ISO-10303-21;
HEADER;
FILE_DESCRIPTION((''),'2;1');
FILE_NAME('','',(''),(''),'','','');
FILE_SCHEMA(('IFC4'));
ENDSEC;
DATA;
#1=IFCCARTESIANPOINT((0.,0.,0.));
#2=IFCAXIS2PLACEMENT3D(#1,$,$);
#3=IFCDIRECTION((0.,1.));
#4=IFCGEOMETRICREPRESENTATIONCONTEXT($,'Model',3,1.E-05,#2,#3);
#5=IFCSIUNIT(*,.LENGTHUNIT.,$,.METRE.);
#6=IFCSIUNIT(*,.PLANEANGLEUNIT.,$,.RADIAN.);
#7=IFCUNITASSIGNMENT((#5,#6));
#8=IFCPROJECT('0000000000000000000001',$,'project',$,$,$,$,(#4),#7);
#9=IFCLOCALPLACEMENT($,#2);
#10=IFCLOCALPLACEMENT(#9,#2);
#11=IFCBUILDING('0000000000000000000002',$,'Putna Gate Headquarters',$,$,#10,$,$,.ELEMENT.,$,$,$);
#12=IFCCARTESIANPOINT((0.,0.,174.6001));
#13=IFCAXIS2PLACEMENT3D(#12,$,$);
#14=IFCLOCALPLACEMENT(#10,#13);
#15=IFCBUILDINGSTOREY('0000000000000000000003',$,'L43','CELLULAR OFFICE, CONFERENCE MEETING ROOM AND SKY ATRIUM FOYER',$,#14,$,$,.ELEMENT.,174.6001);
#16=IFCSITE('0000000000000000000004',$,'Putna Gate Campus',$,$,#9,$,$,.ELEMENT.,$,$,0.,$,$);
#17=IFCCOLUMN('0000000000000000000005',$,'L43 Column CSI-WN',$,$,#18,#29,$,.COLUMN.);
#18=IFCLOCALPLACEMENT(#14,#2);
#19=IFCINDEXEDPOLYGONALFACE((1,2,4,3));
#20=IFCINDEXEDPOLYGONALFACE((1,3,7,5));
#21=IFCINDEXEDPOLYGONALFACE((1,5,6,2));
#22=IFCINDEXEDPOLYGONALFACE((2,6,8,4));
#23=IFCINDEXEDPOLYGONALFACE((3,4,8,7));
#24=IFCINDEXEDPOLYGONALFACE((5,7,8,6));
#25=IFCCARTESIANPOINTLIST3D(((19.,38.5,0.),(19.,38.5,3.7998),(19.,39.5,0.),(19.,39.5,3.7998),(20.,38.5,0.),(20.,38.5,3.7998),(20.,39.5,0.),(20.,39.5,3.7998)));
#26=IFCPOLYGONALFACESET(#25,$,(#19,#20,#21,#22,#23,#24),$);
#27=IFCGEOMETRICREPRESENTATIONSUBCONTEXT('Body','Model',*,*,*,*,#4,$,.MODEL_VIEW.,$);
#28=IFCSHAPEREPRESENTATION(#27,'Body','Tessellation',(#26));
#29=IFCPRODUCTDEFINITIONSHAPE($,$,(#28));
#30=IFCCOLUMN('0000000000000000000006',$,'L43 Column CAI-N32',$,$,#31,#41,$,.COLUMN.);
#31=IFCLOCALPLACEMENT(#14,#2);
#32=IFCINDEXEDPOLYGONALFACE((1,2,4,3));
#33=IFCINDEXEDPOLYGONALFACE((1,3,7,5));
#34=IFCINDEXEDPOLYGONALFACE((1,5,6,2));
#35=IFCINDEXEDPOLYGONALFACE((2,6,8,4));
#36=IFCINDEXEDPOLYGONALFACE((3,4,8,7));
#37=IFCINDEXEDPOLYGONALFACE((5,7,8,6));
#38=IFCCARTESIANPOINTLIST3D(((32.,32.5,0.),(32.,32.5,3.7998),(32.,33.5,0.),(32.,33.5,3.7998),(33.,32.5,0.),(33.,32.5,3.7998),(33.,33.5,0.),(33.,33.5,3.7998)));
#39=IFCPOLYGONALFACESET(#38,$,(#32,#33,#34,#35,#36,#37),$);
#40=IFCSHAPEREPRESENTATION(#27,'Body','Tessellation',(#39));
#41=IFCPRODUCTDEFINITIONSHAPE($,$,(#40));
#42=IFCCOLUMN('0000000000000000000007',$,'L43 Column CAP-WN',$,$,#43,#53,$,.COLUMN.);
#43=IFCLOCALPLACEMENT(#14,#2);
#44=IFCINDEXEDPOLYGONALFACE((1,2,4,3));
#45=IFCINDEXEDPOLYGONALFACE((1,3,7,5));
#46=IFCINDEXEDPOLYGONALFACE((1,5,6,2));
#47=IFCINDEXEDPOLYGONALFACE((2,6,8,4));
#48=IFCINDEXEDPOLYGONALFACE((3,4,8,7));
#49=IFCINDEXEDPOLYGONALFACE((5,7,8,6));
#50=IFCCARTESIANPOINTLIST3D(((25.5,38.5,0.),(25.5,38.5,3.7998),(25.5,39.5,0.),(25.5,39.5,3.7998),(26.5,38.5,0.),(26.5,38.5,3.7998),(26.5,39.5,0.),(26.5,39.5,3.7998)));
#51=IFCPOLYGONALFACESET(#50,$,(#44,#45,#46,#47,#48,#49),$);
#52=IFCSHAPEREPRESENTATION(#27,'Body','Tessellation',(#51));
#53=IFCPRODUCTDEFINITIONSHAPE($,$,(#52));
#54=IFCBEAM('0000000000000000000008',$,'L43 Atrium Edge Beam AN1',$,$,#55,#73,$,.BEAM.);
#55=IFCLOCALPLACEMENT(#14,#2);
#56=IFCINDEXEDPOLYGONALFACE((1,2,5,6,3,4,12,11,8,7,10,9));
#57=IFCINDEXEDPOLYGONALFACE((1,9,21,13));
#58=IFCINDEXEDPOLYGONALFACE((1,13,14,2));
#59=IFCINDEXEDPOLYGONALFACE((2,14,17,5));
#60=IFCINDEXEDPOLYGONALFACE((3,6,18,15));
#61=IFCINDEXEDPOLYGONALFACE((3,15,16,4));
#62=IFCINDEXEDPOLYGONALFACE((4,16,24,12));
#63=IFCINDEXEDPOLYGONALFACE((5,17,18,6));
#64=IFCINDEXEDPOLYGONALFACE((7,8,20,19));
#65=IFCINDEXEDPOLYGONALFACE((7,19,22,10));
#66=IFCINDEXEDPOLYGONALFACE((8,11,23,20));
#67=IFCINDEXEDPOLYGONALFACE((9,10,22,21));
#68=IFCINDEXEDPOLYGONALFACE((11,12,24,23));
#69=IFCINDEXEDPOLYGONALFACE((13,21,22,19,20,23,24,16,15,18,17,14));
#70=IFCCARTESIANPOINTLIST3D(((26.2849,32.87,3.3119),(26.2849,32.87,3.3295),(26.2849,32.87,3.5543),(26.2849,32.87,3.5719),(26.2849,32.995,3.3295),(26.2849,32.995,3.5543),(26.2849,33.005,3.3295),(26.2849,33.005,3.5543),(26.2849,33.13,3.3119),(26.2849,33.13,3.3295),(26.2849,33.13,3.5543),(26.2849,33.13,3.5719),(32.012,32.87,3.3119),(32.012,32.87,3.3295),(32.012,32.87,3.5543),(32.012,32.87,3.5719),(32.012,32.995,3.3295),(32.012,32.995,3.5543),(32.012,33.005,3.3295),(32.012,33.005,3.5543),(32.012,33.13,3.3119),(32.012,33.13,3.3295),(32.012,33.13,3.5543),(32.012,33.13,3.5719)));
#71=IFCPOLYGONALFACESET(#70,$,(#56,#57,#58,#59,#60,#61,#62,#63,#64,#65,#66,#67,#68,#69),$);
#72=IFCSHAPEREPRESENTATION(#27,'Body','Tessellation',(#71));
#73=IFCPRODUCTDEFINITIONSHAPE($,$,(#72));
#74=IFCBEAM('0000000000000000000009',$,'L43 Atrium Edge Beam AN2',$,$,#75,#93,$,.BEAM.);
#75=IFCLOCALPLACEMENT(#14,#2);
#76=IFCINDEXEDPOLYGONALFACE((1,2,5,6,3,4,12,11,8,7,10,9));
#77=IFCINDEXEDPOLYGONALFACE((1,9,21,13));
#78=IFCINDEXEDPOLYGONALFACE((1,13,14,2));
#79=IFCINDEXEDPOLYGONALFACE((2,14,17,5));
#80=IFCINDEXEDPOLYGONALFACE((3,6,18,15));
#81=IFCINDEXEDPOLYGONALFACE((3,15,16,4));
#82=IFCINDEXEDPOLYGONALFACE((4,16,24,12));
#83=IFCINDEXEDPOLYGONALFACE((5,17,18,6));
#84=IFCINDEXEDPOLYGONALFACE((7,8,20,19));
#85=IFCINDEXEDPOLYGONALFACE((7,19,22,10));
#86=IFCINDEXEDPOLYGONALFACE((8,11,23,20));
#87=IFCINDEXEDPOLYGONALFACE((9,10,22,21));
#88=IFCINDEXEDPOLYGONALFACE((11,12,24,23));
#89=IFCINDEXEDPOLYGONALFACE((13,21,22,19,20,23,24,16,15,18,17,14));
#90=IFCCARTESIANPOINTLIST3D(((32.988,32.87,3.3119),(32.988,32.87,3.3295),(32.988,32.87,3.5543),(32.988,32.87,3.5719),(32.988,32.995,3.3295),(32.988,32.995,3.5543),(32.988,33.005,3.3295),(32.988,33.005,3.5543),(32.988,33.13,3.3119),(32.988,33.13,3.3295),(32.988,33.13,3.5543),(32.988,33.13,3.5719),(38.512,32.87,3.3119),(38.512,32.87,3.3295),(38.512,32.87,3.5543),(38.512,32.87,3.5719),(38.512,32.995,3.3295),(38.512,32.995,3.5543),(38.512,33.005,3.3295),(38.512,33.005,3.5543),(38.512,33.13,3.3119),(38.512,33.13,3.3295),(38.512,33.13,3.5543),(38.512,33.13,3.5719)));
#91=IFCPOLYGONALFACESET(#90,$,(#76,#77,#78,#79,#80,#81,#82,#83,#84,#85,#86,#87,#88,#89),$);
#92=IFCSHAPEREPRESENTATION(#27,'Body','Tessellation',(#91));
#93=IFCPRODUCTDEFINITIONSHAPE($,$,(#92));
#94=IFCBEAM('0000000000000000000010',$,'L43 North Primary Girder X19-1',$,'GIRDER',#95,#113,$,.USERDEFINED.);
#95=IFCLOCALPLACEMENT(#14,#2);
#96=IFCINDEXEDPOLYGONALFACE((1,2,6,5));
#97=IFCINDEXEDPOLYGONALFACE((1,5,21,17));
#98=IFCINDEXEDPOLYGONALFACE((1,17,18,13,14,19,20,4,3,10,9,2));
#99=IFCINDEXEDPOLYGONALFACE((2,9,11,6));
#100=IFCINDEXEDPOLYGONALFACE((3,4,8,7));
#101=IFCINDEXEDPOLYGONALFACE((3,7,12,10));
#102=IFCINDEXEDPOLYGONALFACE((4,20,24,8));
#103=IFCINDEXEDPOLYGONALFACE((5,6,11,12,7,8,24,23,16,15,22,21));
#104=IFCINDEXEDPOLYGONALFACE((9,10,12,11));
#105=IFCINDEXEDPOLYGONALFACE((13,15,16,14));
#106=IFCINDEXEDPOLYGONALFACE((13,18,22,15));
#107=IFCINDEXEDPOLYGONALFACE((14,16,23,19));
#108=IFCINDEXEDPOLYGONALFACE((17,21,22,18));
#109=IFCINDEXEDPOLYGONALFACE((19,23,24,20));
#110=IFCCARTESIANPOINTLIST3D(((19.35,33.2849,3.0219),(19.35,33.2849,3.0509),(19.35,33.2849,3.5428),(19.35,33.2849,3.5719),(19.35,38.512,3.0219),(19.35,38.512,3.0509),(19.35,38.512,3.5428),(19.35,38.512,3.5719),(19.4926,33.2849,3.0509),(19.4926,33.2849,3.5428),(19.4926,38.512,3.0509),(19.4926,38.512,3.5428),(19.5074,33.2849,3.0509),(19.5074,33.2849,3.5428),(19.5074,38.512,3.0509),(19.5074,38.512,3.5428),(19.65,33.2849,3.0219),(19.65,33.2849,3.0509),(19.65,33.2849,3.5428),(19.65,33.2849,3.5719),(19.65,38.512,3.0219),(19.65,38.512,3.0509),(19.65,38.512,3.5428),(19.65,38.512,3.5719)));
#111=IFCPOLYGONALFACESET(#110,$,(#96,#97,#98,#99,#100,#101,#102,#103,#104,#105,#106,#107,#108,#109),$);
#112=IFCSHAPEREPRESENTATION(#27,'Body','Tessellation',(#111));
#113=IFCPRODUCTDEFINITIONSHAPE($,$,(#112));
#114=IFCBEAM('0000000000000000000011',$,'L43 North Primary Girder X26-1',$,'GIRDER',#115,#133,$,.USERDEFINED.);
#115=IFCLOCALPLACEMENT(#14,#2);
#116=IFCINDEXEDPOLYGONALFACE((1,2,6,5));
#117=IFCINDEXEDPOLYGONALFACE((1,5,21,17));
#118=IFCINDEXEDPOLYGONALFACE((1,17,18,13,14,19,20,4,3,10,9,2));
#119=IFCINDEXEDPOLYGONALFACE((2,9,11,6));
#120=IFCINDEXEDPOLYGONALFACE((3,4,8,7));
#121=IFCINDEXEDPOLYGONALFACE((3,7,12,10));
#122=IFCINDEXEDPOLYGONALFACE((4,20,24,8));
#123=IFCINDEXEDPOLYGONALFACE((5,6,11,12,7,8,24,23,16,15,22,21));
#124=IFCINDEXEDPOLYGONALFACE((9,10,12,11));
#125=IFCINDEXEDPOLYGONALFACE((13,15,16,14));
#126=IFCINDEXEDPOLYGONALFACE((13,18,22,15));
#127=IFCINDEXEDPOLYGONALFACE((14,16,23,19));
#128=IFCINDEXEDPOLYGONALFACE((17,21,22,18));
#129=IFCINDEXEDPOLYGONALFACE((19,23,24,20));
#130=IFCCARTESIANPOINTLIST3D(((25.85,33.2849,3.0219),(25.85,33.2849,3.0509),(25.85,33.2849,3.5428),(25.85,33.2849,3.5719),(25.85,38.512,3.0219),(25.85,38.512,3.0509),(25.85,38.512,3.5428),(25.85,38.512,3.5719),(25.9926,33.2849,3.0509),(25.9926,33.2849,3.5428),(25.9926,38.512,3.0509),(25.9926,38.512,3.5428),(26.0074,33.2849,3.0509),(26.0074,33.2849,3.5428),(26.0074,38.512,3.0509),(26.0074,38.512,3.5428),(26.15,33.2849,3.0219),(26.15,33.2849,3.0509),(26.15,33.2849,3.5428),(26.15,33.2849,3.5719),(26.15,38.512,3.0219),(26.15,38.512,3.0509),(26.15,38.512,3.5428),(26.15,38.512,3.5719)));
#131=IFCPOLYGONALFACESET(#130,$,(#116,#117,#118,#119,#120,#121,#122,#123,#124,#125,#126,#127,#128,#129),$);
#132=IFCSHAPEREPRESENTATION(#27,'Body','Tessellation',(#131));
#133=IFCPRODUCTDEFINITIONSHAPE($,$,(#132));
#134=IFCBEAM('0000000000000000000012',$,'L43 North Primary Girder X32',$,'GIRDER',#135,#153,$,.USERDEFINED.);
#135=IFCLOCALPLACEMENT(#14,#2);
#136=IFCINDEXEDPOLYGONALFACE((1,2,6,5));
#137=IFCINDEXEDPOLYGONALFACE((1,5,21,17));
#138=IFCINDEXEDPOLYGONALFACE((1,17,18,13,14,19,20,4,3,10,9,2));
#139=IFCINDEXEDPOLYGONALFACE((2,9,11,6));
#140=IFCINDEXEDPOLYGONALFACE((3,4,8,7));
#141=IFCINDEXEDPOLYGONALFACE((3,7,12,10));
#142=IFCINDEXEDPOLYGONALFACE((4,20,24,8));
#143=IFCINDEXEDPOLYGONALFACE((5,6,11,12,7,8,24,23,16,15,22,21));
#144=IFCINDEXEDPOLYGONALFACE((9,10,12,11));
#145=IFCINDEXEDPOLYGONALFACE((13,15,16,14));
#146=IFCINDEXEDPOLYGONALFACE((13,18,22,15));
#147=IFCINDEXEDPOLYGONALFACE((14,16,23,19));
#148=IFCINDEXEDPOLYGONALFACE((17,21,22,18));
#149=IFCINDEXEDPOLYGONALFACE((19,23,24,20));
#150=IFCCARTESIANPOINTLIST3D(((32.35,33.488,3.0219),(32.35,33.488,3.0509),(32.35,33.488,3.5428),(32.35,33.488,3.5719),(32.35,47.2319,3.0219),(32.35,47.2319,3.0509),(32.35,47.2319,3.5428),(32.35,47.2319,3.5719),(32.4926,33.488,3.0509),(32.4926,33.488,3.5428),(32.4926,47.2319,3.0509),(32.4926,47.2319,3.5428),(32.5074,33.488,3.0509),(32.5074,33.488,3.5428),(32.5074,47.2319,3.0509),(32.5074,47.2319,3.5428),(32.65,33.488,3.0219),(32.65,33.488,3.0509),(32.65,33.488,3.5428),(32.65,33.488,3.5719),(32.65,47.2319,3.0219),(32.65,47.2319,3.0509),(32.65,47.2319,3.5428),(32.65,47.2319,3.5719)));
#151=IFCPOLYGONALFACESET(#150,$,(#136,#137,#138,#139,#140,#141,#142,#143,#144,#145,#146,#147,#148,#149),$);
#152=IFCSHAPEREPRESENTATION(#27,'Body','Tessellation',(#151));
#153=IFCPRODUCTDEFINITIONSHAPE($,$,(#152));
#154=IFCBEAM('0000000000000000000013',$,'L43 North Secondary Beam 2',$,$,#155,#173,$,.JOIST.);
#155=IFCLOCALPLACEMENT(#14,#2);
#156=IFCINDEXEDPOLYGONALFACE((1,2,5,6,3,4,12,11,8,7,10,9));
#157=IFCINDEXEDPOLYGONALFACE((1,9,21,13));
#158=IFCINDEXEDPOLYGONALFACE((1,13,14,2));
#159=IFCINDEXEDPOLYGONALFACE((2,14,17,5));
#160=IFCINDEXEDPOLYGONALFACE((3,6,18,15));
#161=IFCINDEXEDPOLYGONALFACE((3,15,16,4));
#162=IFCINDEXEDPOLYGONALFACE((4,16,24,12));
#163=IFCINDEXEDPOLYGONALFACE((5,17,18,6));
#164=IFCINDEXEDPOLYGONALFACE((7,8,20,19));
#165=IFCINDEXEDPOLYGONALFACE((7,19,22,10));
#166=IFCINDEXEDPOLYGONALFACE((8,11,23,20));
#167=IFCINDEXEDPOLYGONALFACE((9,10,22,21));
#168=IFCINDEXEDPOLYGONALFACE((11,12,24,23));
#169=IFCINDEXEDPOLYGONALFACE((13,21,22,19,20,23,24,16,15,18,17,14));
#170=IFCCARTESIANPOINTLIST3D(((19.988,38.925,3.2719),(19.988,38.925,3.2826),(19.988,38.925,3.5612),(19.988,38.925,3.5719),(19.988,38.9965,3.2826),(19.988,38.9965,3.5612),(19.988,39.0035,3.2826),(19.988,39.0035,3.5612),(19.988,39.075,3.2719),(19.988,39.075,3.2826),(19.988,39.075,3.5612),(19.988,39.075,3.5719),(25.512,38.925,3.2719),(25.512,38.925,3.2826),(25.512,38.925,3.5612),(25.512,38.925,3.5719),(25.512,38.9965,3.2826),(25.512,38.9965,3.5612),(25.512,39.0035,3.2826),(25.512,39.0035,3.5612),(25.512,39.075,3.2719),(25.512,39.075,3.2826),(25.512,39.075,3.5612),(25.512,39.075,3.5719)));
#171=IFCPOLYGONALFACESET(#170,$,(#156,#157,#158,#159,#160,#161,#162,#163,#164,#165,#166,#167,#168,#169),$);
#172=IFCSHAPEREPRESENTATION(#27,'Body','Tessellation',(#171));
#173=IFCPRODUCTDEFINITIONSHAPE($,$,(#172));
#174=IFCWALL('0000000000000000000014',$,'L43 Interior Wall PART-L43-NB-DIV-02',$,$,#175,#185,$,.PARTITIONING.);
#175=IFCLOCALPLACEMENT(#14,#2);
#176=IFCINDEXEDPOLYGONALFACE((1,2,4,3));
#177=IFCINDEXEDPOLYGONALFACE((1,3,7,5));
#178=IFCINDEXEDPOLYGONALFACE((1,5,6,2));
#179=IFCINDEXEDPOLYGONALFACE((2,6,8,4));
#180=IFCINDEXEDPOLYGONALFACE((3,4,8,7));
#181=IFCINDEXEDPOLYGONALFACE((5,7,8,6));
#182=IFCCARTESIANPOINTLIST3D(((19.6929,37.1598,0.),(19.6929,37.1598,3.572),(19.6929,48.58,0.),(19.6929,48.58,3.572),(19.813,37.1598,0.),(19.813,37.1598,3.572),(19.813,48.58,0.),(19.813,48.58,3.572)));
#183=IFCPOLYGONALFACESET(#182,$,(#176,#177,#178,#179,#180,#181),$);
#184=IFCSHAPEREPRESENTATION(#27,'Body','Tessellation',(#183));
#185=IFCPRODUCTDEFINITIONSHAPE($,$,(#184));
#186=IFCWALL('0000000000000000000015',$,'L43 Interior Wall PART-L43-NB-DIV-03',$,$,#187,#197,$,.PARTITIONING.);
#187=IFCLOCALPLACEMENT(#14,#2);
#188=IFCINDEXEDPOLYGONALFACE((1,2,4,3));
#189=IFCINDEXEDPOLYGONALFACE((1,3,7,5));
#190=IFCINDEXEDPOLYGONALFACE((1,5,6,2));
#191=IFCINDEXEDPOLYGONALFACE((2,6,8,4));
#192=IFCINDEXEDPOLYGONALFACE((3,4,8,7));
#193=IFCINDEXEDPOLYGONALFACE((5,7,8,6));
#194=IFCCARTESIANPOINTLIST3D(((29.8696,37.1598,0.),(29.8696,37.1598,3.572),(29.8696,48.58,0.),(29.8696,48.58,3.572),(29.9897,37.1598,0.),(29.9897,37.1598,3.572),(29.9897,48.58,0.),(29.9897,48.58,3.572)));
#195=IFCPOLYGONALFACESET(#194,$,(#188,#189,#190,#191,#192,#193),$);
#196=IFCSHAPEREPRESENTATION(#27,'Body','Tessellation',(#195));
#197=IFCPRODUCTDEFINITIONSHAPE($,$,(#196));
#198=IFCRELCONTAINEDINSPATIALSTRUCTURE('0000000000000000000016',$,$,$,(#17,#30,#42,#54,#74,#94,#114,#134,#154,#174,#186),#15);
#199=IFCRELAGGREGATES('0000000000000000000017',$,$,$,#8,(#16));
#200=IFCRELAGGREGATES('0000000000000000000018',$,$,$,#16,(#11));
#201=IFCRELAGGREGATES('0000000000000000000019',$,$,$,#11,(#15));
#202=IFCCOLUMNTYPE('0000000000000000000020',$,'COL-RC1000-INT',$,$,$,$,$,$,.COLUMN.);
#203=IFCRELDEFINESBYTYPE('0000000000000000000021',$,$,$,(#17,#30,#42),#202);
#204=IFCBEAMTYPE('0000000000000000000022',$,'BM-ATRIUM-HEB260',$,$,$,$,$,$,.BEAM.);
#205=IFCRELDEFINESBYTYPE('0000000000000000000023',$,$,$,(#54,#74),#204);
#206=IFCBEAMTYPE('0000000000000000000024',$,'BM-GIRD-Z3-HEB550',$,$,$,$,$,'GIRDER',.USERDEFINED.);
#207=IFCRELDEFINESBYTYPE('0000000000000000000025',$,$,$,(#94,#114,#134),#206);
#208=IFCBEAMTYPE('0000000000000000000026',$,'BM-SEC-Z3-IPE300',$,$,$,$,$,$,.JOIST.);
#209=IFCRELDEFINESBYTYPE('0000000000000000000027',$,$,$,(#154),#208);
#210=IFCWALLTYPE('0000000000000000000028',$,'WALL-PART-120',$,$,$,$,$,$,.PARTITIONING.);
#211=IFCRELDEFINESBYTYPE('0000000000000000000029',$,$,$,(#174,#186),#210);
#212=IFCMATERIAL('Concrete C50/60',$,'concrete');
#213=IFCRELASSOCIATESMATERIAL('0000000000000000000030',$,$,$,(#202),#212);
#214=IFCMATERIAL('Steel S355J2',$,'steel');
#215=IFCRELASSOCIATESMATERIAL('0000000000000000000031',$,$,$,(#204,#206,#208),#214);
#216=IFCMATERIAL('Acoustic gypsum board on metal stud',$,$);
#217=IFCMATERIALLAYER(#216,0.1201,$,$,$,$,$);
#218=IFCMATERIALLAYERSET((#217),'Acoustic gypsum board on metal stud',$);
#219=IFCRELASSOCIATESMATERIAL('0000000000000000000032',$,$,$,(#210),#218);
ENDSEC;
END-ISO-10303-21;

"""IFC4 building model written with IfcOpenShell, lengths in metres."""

from ifc_helpers import new_model, si_unit, direction, frame, frame_2d, origin, origin_2d, place, context, subcontext, project, spatial, rectangle, i_section, extrude, material, layer, layer_set, material_profile, profile_set, type_object, element, save


model = new_model("IFC4")

# Units and contexts
model_context = context("Model", 3, precision=1e-05, world=origin(), true_north=direction((0.0, 1.0)))
body_context = subcontext(model_context, "Body", "Model", "MODEL_VIEW")
ifc_project = project(units=[si_unit("LENGTHUNIT", "METRE"), si_unit("PLANEANGLEUNIT", "RADIAN")], contexts=[model_context])

# Site, building, storey
site_placement = place(None, origin())
site = spatial("IfcSite", under=ifc_project, at=site_placement, Name="Putna Gate Campus", CompositionType="ELEMENT", RefElevation=0.0)
building_placement = place(site_placement, origin())
building = spatial("IfcBuilding", under=site, at=building_placement, Name="Putna Gate Headquarters", CompositionType="ELEMENT")
storey_placement = place(building_placement, frame((0.0, 0.0, 174.6001)))
storey = spatial("IfcBuildingStorey", under=building, at=storey_placement, Name="L43", Description="CELLULAR OFFICE, CONFERENCE MEETING ROOM AND SKY ATRIUM FOYER", CompositionType="ELEMENT", Elevation=174.6001)

# Columns
ifc_material_1 = material(Name="Concrete C50/60", Category="concrete")
ifc_material_profile_1 = material_profile(ifc_material_1, rectangle(XDim=1.0, YDim=1.0, at=origin_2d()), Name="Concrete C50/60")
ifc_profile_set_1 = profile_set([ifc_material_profile_1], Name="Concrete C50/60")
column_type = type_object("IfcColumnType", Name="COL-RC1000-INT", PredefinedType="COLUMN", material=ifc_profile_set_1)
for number, where, z_axis, x_axis, name in (
    (1, (19.5, 39.0, 0.0), (0.0, 0.0, 1.0), (1.0, 0.0, 0.0), "L43 Column CSI-WN"),
    (2, (32.5, 33.0, 0.0), (0.0, 0.0, 1.0), (1.0, 0.0, 0.0), "L43 Column CAI-N32"),
    (3, (26.0, 39.0, 0.0), (0.0, 0.0, 1.0), (1.0, 0.0, 0.0), "L43 Column CAP-WN"),
):
    element("IfcColumn", number, at=place(storey_placement, frame(where, z_axis=z_axis, x_axis=x_axis)), inside=storey, type_object=column_type, Name=name, PredefinedType="COLUMN", context=body_context, shape_type="SweptSolid", body=[
        extrude(rectangle(XDim=1.0, YDim=1.0, at=origin_2d()), origin(), (0.0, 0.0, 1.0), 3.7998),
    ])

# Beams
ifc_material_2 = material(Name="Steel S355J2", Category="steel")
ifc_material_profile_2 = material_profile(ifc_material_2, i_section(OverallWidth=0.26, OverallDepth=0.26, WebThickness=0.01, FlangeThickness=0.0176, at=origin_2d()), Name="Steel S355J2")
ifc_profile_set_2 = profile_set([ifc_material_profile_2], Name="Steel S355J2")
beam_type_1 = type_object("IfcBeamType", Name="BM-ATRIUM-HEB260", PredefinedType="BEAM", material=ifc_profile_set_2)
beam_1_placement = place(storey_placement, frame((26.2849, 33.0, 3.4419), z_axis=(1.0, 0.0, 0.0), x_axis=(0.0, 1.0, 0.0)))
element("IfcBeam", 4, at=beam_1_placement, inside=storey, type_object=beam_type_1, Name="L43 Atrium Edge Beam AN1", PredefinedType="BEAM", context=body_context, shape_type="SweptSolid", body=[
    extrude(i_section(OverallWidth=0.26, OverallDepth=0.26, WebThickness=0.01, FlangeThickness=0.0176, at=origin_2d()), origin(), (0.0, 0.0, 1.0), 5.7271),
])
beam_2_placement = place(storey_placement, frame((32.988, 33.0, 3.4419), z_axis=(1.0, 0.0, 0.0), x_axis=(0.0, 1.0, 0.0)))
element("IfcBeam", 5, at=beam_2_placement, inside=storey, type_object=beam_type_1, Name="L43 Atrium Edge Beam AN2", PredefinedType="BEAM", context=body_context, shape_type="SweptSolid", body=[
    extrude(i_section(OverallWidth=0.26, OverallDepth=0.26, WebThickness=0.01, FlangeThickness=0.0176, at=origin_2d()), origin(), (0.0, 0.0, 1.0), 5.5239),
])
ifc_material_profile_3 = material_profile(ifc_material_2, i_section(OverallWidth=0.3, OverallDepth=0.55, WebThickness=0.0149, FlangeThickness=0.0291, at=origin_2d()), Name="Steel S355J2")
ifc_profile_set_3 = profile_set([ifc_material_profile_3], Name="Steel S355J2")
beam_type_2 = type_object("IfcBeamType", Name="BM-GIRD-Z3-HEB550", ElementType="GIRDER", PredefinedType="USERDEFINED", material=ifc_profile_set_3)
for number, where, z_axis, x_axis, name in (
    (6, (19.5, 33.2849, 3.2969), (0.0, 1.0, 0.0), (-1.0, 0.0, 0.0), "L43 North Primary Girder X19-1"),
    (7, (26.0, 33.2849, 3.2969), (0.0, 1.0, 0.0), (-1.0, 0.0, 0.0), "L43 North Primary Girder X26-1"),
):
    element("IfcBeam", number, at=place(storey_placement, frame(where, z_axis=z_axis, x_axis=x_axis)), inside=storey, type_object=beam_type_2, Name=name, ObjectType="GIRDER", PredefinedType="USERDEFINED", context=body_context, shape_type="SweptSolid", body=[
        extrude(i_section(OverallWidth=0.3, OverallDepth=0.55, WebThickness=0.0149, FlangeThickness=0.0291, at=origin_2d()), origin(), (0.0, 0.0, 1.0), 5.2271),
    ])
beam_3_placement = place(storey_placement, frame((32.5, 33.488, 3.2969), z_axis=(0.0, 1.0, 0.0), x_axis=(-1.0, 0.0, 0.0)))
element("IfcBeam", 8, at=beam_3_placement, inside=storey, type_object=beam_type_2, Name="L43 North Primary Girder X32", ObjectType="GIRDER", PredefinedType="USERDEFINED", context=body_context, shape_type="SweptSolid", body=[
    extrude(i_section(OverallWidth=0.3, OverallDepth=0.55, WebThickness=0.0149, FlangeThickness=0.0291, at=origin_2d()), origin(), (0.0, 0.0, 1.0), 13.7439),
])
ifc_material_profile_4 = material_profile(ifc_material_2, i_section(OverallWidth=0.1499, OverallDepth=0.3, WebThickness=0.0071, FlangeThickness=0.0107, at=origin_2d()), Name="Steel S355J2")
ifc_profile_set_4 = profile_set([ifc_material_profile_4], Name="Steel S355J2")
beam_type_3 = type_object("IfcBeamType", Name="BM-SEC-Z3-IPE300", PredefinedType="JOIST", material=ifc_profile_set_4)
beam_4_placement = place(storey_placement, frame((19.988, 39.0, 3.4219), z_axis=(1.0, 0.0, 0.0), x_axis=(0.0, 1.0, 0.0)))
element("IfcBeam", 9, at=beam_4_placement, inside=storey, type_object=beam_type_3, Name="L43 North Secondary Beam 2", PredefinedType="JOIST", context=body_context, shape_type="SweptSolid", body=[
    extrude(i_section(OverallWidth=0.1499, OverallDepth=0.3, WebThickness=0.0071, FlangeThickness=0.0107, at=origin_2d()), origin(), (0.0, 0.0, 1.0), 5.5239),
])

# Walls
ifc_material_3 = material(Name="Acoustic gypsum board on metal stud")
ifc_layer_1 = layer(ifc_material_3, 0.1201)
ifc_layer_set_1 = layer_set([ifc_layer_1], Name="Acoustic gypsum board on metal stud")
wall_type_1 = type_object("IfcWallType", Name="WALL-PART-120", PredefinedType="PARTITIONING", material=ifc_layer_set_1)
for number, where, z_axis, x_axis, name in (
    (10, (19.7529, 37.1599, 0.0), (0.0, 0.0, 1.0), (0.0, 1.0, 0.0), "L43 Interior Wall PART-L43-NB-DIV-02"),
    (11, (29.9297, 37.1599, 0.0), (0.0, 0.0, 1.0), (0.0, 1.0, 0.0), "L43 Interior Wall PART-L43-NB-DIV-03"),
):
    element("IfcWall", number, at=place(storey_placement, frame(where, z_axis=z_axis, x_axis=x_axis)), inside=storey, type_object=wall_type_1, Name=name, PredefinedType="PARTITIONING", context=body_context, shape_type="SweptSolid", body=[
        extrude(rectangle(XDim=11.4202, YDim=0.1201, at=frame_2d((5.71, 0.0))), origin(), (0.0, 0.0, 1.0), 3.572),
    ])

save(model, "model.ifc")
